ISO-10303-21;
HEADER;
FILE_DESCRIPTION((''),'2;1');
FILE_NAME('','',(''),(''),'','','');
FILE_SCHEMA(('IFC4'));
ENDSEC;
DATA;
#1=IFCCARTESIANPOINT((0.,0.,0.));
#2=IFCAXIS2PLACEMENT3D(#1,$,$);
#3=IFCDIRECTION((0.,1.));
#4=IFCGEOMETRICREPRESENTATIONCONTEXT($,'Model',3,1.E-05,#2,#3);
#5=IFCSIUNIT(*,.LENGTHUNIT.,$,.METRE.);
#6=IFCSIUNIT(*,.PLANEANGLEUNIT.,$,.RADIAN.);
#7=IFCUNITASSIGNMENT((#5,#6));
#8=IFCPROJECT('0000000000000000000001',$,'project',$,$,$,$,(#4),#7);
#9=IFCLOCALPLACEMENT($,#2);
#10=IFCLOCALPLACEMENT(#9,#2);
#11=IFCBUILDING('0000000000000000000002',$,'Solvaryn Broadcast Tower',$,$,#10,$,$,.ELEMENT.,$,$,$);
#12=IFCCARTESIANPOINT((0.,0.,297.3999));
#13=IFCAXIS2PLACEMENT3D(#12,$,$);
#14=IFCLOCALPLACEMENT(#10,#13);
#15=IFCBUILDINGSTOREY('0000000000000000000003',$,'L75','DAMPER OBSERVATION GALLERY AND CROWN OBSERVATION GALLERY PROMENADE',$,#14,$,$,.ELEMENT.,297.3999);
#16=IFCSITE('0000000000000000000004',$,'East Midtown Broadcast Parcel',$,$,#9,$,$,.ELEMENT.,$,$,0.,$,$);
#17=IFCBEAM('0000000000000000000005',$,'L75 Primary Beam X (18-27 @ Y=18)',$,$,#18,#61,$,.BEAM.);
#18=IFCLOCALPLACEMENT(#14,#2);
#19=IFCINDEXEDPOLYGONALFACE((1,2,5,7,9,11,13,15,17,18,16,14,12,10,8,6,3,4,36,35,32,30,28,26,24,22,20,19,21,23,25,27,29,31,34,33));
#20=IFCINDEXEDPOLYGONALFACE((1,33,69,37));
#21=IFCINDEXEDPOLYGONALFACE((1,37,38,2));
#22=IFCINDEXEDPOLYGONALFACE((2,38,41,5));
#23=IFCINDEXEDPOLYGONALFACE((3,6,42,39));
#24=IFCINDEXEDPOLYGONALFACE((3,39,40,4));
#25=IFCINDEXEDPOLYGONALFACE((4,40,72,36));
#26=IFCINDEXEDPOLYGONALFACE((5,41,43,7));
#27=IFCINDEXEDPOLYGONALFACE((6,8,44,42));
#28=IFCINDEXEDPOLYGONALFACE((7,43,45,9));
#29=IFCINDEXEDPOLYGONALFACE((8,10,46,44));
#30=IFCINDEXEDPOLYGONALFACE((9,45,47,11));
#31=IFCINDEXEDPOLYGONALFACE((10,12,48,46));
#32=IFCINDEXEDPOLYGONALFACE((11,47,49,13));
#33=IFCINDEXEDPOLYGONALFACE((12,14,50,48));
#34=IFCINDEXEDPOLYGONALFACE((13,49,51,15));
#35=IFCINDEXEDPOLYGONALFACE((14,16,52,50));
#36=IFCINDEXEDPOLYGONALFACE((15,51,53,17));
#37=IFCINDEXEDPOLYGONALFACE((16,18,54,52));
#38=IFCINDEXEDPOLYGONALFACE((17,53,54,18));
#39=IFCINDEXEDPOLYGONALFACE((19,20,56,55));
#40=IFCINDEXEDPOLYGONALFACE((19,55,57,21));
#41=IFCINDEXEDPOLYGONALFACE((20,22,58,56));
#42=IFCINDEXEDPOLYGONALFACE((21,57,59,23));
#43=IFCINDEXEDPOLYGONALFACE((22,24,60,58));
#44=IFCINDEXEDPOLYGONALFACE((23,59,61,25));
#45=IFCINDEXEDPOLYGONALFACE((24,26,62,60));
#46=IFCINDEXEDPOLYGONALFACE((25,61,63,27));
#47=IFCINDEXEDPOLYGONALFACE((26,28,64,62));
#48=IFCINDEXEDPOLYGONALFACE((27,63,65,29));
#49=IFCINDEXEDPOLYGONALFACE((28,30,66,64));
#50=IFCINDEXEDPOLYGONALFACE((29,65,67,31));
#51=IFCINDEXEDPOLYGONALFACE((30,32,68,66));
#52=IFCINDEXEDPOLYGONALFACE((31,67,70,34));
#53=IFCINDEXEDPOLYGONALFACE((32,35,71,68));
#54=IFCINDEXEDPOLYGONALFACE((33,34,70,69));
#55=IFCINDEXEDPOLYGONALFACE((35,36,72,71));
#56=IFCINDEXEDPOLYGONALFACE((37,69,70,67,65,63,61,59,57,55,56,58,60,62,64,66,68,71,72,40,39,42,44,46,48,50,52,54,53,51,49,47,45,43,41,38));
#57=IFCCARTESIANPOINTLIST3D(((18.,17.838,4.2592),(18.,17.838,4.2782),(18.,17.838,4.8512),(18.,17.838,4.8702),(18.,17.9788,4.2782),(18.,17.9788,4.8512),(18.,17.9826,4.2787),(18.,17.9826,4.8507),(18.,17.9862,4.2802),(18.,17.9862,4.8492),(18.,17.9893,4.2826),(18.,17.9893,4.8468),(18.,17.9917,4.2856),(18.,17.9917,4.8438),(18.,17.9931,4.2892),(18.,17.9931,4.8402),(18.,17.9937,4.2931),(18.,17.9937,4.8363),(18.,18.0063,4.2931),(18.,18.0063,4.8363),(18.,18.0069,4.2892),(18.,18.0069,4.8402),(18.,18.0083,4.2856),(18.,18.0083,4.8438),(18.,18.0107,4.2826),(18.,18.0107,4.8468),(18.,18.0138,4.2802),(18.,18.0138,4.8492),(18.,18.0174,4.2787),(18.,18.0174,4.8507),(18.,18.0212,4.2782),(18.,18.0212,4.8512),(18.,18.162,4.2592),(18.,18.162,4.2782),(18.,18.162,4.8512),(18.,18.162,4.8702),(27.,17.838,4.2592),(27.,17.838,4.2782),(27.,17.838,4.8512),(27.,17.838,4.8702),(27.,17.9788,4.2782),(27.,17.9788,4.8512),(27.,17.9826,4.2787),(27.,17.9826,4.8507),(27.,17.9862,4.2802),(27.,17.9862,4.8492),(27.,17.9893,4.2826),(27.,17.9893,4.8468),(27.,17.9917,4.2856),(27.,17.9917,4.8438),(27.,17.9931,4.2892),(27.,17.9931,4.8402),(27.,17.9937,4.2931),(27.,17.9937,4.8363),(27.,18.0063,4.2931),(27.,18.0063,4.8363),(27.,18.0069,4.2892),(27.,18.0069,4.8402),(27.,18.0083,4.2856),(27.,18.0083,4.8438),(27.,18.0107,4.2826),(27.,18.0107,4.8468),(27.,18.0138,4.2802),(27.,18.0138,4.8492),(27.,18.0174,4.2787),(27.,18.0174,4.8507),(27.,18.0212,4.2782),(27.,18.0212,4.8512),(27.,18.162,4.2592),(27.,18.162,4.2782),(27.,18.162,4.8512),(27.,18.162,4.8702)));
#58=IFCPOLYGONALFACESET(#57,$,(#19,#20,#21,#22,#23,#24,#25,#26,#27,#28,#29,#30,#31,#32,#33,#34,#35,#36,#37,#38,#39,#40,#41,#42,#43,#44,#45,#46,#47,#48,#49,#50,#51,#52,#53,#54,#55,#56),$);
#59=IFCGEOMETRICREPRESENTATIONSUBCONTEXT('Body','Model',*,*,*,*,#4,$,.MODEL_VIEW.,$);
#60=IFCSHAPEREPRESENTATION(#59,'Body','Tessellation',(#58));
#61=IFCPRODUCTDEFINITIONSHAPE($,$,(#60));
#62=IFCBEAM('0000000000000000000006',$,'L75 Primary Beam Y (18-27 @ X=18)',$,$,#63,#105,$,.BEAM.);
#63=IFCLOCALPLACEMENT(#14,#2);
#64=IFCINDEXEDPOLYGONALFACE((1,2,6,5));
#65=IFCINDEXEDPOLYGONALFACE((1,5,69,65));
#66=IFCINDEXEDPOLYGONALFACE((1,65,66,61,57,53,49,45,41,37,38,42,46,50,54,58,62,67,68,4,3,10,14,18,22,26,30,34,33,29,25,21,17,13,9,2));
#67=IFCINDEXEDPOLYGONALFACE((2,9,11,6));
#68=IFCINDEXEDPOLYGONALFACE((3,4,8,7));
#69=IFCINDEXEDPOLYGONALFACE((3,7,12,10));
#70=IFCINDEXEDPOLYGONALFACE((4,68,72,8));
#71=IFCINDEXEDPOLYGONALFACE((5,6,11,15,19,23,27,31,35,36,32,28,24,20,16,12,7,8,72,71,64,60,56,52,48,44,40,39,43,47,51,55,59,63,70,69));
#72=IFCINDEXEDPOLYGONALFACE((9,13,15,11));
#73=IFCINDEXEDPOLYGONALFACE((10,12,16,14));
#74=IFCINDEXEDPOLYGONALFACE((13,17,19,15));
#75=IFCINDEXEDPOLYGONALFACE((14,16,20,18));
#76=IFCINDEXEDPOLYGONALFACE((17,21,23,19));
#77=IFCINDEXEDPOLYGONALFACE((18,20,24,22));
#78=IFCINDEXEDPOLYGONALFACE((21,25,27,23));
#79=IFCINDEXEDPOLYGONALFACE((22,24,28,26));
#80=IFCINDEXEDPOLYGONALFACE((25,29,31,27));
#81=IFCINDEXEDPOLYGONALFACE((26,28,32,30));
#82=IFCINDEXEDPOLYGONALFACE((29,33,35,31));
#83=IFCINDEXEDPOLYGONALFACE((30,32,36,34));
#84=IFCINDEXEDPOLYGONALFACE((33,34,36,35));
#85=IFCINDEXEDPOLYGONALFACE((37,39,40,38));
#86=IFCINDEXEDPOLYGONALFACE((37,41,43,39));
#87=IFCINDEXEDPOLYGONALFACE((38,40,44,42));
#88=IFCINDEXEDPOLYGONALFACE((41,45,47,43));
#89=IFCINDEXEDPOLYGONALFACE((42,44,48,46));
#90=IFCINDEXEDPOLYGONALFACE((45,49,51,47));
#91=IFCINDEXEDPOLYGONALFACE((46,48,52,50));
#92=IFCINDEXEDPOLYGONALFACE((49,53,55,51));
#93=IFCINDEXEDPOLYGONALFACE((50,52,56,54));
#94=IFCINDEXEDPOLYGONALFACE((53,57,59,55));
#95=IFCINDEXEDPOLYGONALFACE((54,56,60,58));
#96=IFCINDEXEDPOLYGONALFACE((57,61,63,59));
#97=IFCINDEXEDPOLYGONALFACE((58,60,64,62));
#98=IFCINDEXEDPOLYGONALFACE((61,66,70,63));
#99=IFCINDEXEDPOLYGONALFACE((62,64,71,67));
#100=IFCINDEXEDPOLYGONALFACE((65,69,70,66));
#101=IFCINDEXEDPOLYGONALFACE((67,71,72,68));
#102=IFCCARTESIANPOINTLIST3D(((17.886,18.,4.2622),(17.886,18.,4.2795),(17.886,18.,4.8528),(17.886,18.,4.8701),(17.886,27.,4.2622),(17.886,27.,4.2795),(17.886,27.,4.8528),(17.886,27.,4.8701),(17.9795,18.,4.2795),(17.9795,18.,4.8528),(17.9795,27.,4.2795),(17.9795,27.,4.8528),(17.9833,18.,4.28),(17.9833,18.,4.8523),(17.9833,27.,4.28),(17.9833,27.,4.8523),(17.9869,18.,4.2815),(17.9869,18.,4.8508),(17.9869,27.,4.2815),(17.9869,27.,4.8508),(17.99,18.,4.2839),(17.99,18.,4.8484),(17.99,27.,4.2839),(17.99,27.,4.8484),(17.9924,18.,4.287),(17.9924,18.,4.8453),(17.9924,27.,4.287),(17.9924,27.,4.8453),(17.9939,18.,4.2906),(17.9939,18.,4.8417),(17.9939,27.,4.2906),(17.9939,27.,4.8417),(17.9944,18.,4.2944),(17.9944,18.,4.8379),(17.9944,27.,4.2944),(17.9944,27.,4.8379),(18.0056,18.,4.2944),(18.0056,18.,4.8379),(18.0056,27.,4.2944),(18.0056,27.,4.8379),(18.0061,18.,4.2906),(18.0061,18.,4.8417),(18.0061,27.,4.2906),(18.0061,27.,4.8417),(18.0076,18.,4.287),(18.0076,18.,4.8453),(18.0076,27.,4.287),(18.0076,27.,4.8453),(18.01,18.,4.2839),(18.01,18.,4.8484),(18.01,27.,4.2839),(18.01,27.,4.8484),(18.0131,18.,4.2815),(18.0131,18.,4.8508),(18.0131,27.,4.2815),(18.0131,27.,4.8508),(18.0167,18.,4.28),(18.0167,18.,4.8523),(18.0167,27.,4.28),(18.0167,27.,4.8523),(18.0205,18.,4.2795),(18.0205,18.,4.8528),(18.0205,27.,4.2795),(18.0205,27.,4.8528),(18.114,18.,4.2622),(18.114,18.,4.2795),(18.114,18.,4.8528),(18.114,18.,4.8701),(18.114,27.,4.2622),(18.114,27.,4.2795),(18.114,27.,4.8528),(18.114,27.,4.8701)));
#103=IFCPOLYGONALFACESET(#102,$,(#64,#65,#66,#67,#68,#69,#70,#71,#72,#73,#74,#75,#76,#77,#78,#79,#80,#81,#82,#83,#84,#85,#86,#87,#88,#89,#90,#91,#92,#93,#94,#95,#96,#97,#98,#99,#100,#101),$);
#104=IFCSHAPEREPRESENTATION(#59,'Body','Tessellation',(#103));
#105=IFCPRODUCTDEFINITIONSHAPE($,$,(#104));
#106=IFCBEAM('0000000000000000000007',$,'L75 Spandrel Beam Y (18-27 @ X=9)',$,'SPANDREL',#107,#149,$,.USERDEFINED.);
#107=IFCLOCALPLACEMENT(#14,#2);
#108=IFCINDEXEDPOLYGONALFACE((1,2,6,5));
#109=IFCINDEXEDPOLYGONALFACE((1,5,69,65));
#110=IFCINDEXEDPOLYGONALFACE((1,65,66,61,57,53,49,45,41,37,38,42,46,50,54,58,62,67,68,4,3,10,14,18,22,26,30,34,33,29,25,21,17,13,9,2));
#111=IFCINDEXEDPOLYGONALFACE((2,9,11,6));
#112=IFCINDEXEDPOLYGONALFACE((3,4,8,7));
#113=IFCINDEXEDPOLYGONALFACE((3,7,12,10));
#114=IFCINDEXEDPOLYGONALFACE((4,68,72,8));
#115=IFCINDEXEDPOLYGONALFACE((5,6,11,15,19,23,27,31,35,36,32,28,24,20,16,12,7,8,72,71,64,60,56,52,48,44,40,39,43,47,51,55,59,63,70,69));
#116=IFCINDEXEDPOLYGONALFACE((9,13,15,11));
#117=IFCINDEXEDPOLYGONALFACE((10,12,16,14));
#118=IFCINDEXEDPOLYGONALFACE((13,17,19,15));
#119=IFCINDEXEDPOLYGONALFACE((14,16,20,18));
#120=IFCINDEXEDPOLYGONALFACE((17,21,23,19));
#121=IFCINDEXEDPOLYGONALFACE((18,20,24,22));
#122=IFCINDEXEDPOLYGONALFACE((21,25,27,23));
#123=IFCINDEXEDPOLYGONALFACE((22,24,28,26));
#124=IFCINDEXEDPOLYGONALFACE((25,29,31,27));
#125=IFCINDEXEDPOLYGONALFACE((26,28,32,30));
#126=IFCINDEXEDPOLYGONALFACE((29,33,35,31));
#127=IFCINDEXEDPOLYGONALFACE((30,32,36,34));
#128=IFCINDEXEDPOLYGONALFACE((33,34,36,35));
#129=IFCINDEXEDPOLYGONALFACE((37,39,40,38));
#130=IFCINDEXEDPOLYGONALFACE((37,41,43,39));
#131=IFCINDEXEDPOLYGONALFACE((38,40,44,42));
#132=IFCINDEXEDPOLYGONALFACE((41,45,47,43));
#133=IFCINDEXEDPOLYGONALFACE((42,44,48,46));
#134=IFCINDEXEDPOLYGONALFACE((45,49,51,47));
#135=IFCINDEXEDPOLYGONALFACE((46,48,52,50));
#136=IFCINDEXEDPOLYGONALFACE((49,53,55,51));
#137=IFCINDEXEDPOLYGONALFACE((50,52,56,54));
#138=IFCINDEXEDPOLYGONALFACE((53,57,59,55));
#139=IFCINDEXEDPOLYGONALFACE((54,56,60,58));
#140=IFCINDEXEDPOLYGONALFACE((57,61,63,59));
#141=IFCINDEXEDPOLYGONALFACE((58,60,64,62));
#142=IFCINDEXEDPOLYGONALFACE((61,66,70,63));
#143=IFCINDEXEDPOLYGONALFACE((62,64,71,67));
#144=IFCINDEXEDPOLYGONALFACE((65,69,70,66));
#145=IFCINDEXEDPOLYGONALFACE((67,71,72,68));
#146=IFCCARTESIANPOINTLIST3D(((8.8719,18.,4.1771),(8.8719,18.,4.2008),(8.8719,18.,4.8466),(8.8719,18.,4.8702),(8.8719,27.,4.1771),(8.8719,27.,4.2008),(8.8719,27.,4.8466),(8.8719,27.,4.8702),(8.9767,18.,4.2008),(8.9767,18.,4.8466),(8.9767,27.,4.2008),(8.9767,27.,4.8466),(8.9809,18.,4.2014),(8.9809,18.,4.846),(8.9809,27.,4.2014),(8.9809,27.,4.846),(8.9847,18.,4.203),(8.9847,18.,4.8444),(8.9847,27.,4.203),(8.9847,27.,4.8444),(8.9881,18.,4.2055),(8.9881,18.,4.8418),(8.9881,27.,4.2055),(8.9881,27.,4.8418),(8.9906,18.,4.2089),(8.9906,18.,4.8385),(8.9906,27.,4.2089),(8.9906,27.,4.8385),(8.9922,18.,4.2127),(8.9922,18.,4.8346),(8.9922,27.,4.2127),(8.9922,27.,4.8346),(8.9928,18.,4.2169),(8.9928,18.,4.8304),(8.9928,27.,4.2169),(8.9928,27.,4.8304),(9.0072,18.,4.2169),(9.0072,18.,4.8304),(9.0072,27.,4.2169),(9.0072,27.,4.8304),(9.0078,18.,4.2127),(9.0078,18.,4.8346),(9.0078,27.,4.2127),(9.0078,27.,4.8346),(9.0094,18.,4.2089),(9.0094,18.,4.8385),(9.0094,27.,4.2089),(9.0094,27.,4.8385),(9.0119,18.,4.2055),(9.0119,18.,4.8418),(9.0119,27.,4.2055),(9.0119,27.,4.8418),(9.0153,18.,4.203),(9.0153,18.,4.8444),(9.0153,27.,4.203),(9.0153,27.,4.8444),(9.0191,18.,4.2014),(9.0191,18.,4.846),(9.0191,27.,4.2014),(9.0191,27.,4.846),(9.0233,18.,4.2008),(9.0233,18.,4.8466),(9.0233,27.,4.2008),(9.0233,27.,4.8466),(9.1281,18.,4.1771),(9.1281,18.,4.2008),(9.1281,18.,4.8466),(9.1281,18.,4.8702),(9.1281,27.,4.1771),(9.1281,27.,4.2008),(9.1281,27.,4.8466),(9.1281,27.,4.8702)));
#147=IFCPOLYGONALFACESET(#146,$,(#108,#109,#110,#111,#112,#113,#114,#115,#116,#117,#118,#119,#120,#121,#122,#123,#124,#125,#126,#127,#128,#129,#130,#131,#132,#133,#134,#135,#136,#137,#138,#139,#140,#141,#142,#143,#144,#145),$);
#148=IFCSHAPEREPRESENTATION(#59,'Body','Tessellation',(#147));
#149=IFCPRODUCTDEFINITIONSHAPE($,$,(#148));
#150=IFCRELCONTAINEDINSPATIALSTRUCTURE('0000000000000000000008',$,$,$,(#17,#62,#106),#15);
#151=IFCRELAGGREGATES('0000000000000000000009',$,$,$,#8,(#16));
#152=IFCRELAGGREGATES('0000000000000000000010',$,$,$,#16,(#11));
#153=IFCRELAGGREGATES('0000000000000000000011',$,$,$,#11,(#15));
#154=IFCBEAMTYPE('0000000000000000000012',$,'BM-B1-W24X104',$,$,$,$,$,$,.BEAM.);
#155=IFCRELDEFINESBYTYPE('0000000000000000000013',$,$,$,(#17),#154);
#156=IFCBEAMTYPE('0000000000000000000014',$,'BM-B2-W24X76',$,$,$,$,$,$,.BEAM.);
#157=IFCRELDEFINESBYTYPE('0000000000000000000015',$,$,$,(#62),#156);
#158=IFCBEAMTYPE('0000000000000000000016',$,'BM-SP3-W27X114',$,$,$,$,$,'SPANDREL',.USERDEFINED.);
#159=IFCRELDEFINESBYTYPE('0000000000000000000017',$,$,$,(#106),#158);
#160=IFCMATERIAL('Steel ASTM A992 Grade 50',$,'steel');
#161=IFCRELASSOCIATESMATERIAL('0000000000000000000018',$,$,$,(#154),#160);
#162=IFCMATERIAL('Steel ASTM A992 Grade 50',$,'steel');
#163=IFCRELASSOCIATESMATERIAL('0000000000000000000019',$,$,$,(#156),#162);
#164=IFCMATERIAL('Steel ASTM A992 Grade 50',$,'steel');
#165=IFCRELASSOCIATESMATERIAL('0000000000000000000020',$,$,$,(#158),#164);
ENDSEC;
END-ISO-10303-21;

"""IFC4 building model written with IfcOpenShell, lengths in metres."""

from ifc_helpers import new_model, si_unit, direction, frame, origin, origin_2d, place, context, subcontext, project, spatial, i_section, extrude, material, material_profile, profile_set, type_object, element, save


model = new_model("IFC4")

# Units and contexts
model_context = context("Model", 3, precision=1e-05, world=origin(), true_north=direction((0.0, 1.0)))
body_context = subcontext(model_context, "Body", "Model", "MODEL_VIEW")
ifc_project = project(units=[si_unit("LENGTHUNIT", "METRE"), si_unit("PLANEANGLEUNIT", "RADIAN")], contexts=[model_context])

# Site, building, storey
site_placement = place(None, origin())
site = spatial("IfcSite", under=ifc_project, at=site_placement, Name="East Midtown Broadcast Parcel", CompositionType="ELEMENT", RefElevation=0.0)
building_placement = place(site_placement, origin())
building = spatial("IfcBuilding", under=site, at=building_placement, Name="Solvaryn Broadcast Tower", CompositionType="ELEMENT")
storey_placement = place(building_placement, frame((0.0, 0.0, 297.3999)))
storey = spatial("IfcBuildingStorey", under=building, at=storey_placement, Name="L75", Description="DAMPER OBSERVATION GALLERY AND CROWN OBSERVATION GALLERY PROMENADE", CompositionType="ELEMENT", Elevation=297.3999)

# Beams
ifc_material_1 = material(Name="Steel ASTM A992 Grade 50", Category="steel")
ifc_material_profile_1 = material_profile(ifc_material_1, i_section(OverallWidth=0.324, OverallDepth=0.6111, WebThickness=0.0127, FlangeThickness=0.019, FilletRadius=0.0149, at=origin_2d()))
ifc_profile_set_1 = profile_set([ifc_material_profile_1], Name="Steel ASTM A992 Grade 50")
beam_type_1 = type_object("IfcBeamType", Name="BM-B1-W24X104", PredefinedType="BEAM", material=ifc_profile_set_1)
for number, where, z_axis, x_axis, name in (
    (1, (18.0, 18.0, 4.5647), (1.0, 0.0, 0.0), (0.0, 1.0, 0.0), "L75 Primary Beam X (18-27 @ Y=18)"),
):
    element("IfcBeam", number, at=place(storey_placement, frame(where, z_axis=z_axis, x_axis=x_axis)), inside=storey, type_object=beam_type_1, Name=name, PredefinedType="BEAM", context=body_context, shape_type="SweptSolid", body=[
        extrude(i_section(OverallWidth=0.324, OverallDepth=0.6111, WebThickness=0.0127, FlangeThickness=0.019, FilletRadius=0.0149, at=origin_2d()), origin(), (0.0, 0.0, 1.0), 9.0),
    ])
ifc_material_2 = material(Name="Steel ASTM A992 Grade 50", Category="steel")
ifc_material_profile_2 = material_profile(ifc_material_2, i_section(OverallWidth=0.228, OverallDepth=0.6079, WebThickness=0.0112, FlangeThickness=0.0173, FilletRadius=0.0149, at=origin_2d()))
ifc_profile_set_2 = profile_set([ifc_material_profile_2], Name="Steel ASTM A992 Grade 50")
beam_type_2 = type_object("IfcBeamType", Name="BM-B2-W24X76", PredefinedType="BEAM", material=ifc_profile_set_2)
beam_1_placement = place(storey_placement, frame((18.0, 18.0, 4.5662), z_axis=(0.0, 1.0, 0.0), x_axis=(-1.0, 0.0, 0.0)))
element("IfcBeam", 2, at=beam_1_placement, inside=storey, type_object=beam_type_2, Name="L75 Primary Beam Y (18-27 @ X=18)", PredefinedType="BEAM", context=body_context, shape_type="SweptSolid", body=[
    extrude(i_section(OverallWidth=0.228, OverallDepth=0.6079, WebThickness=0.0112, FlangeThickness=0.0173, FilletRadius=0.0149, at=origin_2d()), origin(), (0.0, 0.0, 1.0), 9.0),
])
ifc_material_3 = material(Name="Steel ASTM A992 Grade 50", Category="steel")
ifc_material_profile_3 = material_profile(ifc_material_3, i_section(OverallWidth=0.2561, OverallDepth=0.6931, WebThickness=0.0144, FlangeThickness=0.0237, FilletRadius=0.0161, at=origin_2d()))
ifc_profile_set_3 = profile_set([ifc_material_profile_3], Name="Steel ASTM A992 Grade 50")
beam_type_3 = type_object("IfcBeamType", Name="BM-SP3-W27X114", ElementType="SPANDREL", PredefinedType="USERDEFINED", material=ifc_profile_set_3)
beam_2_placement = place(storey_placement, frame((9.0, 18.0, 4.5237), z_axis=(0.0, 1.0, 0.0), x_axis=(-1.0, 0.0, 0.0)))
element("IfcBeam", 3, at=beam_2_placement, inside=storey, type_object=beam_type_3, Name="L75 Spandrel Beam Y (18-27 @ X=9)", ObjectType="SPANDREL", PredefinedType="USERDEFINED", context=body_context, shape_type="SweptSolid", body=[
    extrude(i_section(OverallWidth=0.2561, OverallDepth=0.6931, WebThickness=0.0144, FlangeThickness=0.0237, FilletRadius=0.0161, at=origin_2d()), origin(), (0.0, 0.0, 1.0), 9.0),
])

save(model, "model.ifc")
